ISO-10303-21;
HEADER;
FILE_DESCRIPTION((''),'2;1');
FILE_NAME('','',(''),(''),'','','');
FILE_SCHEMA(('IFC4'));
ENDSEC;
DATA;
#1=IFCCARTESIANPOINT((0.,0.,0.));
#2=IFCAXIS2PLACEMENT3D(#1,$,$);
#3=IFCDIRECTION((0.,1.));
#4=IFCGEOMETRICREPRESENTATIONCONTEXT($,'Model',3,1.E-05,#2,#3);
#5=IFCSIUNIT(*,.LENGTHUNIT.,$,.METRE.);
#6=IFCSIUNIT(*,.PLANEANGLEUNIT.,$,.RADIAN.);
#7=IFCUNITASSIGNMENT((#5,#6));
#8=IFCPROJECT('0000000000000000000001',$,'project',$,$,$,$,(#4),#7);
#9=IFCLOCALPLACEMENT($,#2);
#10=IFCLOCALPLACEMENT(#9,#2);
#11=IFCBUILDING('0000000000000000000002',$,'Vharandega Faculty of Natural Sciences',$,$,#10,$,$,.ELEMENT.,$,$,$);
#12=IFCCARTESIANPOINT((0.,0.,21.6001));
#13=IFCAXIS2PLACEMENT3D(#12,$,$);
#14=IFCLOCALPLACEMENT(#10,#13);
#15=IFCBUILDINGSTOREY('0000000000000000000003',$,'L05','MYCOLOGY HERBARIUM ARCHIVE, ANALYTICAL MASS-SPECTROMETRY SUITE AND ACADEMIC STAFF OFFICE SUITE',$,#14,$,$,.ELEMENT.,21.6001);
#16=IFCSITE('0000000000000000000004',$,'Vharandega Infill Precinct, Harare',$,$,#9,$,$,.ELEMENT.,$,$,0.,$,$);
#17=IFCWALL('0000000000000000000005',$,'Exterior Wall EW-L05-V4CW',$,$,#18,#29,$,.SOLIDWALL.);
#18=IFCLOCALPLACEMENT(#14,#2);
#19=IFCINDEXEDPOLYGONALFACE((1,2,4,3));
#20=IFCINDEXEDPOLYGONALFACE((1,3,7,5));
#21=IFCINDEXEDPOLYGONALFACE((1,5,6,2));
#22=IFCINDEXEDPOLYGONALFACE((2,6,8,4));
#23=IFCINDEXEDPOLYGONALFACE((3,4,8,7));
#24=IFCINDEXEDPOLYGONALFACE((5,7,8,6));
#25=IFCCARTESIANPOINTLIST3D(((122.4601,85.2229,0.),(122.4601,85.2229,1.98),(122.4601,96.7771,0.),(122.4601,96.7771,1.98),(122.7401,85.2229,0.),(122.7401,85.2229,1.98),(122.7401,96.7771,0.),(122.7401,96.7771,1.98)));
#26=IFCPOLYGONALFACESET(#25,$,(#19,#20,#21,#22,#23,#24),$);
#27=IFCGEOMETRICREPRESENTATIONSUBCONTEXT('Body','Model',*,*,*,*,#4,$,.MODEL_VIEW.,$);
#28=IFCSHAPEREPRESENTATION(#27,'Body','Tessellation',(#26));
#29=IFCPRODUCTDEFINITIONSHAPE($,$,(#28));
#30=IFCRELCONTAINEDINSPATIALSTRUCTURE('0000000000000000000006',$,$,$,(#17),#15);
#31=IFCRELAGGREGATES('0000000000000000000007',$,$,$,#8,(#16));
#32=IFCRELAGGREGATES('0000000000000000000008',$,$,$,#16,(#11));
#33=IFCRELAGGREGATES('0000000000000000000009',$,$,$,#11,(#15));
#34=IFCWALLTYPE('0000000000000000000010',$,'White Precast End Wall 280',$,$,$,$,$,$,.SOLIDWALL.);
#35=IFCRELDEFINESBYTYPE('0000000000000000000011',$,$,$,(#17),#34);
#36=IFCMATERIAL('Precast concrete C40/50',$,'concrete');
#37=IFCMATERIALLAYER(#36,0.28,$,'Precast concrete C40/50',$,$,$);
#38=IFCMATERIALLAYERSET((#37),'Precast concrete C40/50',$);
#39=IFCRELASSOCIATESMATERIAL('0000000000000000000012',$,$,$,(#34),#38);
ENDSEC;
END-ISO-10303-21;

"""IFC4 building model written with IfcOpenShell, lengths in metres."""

from ifc_helpers import new_model, si_unit, direction, frame, frame_2d, origin, place, context, subcontext, project, spatial, rectangle, extrude, material, layer, layer_set, type_object, element, save


model = new_model("IFC4")

# Units and contexts
model_context = context("Model", 3, precision=1e-05, world=origin(), true_north=direction((0.0, 1.0)))
body_context = subcontext(model_context, "Body", "Model", "MODEL_VIEW")
ifc_project = project(units=[si_unit("LENGTHUNIT", "METRE"), si_unit("PLANEANGLEUNIT", "RADIAN")], contexts=[model_context])

# Site, building, storey
site_placement = place(None, origin())
site = spatial("IfcSite", under=ifc_project, at=site_placement, Name="Vharandega Infill Precinct, Harare", CompositionType="ELEMENT", RefElevation=0.0)
building_placement = place(site_placement, origin())
building = spatial("IfcBuilding", under=site, at=building_placement, Name="Vharandega Faculty of Natural Sciences", CompositionType="ELEMENT")
storey_placement = place(building_placement, frame((0.0, 0.0, 21.6001)))
storey = spatial("IfcBuildingStorey", under=building, at=storey_placement, Name="L05", Description="MYCOLOGY HERBARIUM ARCHIVE, ANALYTICAL MASS-SPECTROMETRY SUITE AND ACADEMIC STAFF OFFICE SUITE", CompositionType="ELEMENT", Elevation=21.6001)

# Wall
ifc_material_1 = material(Name="Precast concrete C40/50", Category="concrete")
ifc_layer_1 = layer(ifc_material_1, 0.28, Name="Precast concrete C40/50")
ifc_layer_set_1 = layer_set([ifc_layer_1], Name="Precast concrete C40/50")
wall_type_1 = type_object("IfcWallType", Name="White Precast End Wall 280", PredefinedType="SOLIDWALL", material=ifc_layer_set_1)
wall_1_placement = place(storey_placement, frame((122.6001, 85.2229, 0.0), z_axis=(0.0, 0.0, 1.0), x_axis=(0.0, 1.0, 0.0)))
element("IfcWall", 1, at=wall_1_placement, inside=storey, type_object=wall_type_1, Name="Exterior Wall EW-L05-V4CW", PredefinedType="SOLIDWALL", context=body_context, shape_type="SweptSolid", body=[
    extrude(rectangle(XDim=11.5542, YDim=0.28, at=frame_2d((5.7771, 0.0))), origin(), (0.0, 0.0, 1.0), 1.98),
])

save(model, "model.ifc")
